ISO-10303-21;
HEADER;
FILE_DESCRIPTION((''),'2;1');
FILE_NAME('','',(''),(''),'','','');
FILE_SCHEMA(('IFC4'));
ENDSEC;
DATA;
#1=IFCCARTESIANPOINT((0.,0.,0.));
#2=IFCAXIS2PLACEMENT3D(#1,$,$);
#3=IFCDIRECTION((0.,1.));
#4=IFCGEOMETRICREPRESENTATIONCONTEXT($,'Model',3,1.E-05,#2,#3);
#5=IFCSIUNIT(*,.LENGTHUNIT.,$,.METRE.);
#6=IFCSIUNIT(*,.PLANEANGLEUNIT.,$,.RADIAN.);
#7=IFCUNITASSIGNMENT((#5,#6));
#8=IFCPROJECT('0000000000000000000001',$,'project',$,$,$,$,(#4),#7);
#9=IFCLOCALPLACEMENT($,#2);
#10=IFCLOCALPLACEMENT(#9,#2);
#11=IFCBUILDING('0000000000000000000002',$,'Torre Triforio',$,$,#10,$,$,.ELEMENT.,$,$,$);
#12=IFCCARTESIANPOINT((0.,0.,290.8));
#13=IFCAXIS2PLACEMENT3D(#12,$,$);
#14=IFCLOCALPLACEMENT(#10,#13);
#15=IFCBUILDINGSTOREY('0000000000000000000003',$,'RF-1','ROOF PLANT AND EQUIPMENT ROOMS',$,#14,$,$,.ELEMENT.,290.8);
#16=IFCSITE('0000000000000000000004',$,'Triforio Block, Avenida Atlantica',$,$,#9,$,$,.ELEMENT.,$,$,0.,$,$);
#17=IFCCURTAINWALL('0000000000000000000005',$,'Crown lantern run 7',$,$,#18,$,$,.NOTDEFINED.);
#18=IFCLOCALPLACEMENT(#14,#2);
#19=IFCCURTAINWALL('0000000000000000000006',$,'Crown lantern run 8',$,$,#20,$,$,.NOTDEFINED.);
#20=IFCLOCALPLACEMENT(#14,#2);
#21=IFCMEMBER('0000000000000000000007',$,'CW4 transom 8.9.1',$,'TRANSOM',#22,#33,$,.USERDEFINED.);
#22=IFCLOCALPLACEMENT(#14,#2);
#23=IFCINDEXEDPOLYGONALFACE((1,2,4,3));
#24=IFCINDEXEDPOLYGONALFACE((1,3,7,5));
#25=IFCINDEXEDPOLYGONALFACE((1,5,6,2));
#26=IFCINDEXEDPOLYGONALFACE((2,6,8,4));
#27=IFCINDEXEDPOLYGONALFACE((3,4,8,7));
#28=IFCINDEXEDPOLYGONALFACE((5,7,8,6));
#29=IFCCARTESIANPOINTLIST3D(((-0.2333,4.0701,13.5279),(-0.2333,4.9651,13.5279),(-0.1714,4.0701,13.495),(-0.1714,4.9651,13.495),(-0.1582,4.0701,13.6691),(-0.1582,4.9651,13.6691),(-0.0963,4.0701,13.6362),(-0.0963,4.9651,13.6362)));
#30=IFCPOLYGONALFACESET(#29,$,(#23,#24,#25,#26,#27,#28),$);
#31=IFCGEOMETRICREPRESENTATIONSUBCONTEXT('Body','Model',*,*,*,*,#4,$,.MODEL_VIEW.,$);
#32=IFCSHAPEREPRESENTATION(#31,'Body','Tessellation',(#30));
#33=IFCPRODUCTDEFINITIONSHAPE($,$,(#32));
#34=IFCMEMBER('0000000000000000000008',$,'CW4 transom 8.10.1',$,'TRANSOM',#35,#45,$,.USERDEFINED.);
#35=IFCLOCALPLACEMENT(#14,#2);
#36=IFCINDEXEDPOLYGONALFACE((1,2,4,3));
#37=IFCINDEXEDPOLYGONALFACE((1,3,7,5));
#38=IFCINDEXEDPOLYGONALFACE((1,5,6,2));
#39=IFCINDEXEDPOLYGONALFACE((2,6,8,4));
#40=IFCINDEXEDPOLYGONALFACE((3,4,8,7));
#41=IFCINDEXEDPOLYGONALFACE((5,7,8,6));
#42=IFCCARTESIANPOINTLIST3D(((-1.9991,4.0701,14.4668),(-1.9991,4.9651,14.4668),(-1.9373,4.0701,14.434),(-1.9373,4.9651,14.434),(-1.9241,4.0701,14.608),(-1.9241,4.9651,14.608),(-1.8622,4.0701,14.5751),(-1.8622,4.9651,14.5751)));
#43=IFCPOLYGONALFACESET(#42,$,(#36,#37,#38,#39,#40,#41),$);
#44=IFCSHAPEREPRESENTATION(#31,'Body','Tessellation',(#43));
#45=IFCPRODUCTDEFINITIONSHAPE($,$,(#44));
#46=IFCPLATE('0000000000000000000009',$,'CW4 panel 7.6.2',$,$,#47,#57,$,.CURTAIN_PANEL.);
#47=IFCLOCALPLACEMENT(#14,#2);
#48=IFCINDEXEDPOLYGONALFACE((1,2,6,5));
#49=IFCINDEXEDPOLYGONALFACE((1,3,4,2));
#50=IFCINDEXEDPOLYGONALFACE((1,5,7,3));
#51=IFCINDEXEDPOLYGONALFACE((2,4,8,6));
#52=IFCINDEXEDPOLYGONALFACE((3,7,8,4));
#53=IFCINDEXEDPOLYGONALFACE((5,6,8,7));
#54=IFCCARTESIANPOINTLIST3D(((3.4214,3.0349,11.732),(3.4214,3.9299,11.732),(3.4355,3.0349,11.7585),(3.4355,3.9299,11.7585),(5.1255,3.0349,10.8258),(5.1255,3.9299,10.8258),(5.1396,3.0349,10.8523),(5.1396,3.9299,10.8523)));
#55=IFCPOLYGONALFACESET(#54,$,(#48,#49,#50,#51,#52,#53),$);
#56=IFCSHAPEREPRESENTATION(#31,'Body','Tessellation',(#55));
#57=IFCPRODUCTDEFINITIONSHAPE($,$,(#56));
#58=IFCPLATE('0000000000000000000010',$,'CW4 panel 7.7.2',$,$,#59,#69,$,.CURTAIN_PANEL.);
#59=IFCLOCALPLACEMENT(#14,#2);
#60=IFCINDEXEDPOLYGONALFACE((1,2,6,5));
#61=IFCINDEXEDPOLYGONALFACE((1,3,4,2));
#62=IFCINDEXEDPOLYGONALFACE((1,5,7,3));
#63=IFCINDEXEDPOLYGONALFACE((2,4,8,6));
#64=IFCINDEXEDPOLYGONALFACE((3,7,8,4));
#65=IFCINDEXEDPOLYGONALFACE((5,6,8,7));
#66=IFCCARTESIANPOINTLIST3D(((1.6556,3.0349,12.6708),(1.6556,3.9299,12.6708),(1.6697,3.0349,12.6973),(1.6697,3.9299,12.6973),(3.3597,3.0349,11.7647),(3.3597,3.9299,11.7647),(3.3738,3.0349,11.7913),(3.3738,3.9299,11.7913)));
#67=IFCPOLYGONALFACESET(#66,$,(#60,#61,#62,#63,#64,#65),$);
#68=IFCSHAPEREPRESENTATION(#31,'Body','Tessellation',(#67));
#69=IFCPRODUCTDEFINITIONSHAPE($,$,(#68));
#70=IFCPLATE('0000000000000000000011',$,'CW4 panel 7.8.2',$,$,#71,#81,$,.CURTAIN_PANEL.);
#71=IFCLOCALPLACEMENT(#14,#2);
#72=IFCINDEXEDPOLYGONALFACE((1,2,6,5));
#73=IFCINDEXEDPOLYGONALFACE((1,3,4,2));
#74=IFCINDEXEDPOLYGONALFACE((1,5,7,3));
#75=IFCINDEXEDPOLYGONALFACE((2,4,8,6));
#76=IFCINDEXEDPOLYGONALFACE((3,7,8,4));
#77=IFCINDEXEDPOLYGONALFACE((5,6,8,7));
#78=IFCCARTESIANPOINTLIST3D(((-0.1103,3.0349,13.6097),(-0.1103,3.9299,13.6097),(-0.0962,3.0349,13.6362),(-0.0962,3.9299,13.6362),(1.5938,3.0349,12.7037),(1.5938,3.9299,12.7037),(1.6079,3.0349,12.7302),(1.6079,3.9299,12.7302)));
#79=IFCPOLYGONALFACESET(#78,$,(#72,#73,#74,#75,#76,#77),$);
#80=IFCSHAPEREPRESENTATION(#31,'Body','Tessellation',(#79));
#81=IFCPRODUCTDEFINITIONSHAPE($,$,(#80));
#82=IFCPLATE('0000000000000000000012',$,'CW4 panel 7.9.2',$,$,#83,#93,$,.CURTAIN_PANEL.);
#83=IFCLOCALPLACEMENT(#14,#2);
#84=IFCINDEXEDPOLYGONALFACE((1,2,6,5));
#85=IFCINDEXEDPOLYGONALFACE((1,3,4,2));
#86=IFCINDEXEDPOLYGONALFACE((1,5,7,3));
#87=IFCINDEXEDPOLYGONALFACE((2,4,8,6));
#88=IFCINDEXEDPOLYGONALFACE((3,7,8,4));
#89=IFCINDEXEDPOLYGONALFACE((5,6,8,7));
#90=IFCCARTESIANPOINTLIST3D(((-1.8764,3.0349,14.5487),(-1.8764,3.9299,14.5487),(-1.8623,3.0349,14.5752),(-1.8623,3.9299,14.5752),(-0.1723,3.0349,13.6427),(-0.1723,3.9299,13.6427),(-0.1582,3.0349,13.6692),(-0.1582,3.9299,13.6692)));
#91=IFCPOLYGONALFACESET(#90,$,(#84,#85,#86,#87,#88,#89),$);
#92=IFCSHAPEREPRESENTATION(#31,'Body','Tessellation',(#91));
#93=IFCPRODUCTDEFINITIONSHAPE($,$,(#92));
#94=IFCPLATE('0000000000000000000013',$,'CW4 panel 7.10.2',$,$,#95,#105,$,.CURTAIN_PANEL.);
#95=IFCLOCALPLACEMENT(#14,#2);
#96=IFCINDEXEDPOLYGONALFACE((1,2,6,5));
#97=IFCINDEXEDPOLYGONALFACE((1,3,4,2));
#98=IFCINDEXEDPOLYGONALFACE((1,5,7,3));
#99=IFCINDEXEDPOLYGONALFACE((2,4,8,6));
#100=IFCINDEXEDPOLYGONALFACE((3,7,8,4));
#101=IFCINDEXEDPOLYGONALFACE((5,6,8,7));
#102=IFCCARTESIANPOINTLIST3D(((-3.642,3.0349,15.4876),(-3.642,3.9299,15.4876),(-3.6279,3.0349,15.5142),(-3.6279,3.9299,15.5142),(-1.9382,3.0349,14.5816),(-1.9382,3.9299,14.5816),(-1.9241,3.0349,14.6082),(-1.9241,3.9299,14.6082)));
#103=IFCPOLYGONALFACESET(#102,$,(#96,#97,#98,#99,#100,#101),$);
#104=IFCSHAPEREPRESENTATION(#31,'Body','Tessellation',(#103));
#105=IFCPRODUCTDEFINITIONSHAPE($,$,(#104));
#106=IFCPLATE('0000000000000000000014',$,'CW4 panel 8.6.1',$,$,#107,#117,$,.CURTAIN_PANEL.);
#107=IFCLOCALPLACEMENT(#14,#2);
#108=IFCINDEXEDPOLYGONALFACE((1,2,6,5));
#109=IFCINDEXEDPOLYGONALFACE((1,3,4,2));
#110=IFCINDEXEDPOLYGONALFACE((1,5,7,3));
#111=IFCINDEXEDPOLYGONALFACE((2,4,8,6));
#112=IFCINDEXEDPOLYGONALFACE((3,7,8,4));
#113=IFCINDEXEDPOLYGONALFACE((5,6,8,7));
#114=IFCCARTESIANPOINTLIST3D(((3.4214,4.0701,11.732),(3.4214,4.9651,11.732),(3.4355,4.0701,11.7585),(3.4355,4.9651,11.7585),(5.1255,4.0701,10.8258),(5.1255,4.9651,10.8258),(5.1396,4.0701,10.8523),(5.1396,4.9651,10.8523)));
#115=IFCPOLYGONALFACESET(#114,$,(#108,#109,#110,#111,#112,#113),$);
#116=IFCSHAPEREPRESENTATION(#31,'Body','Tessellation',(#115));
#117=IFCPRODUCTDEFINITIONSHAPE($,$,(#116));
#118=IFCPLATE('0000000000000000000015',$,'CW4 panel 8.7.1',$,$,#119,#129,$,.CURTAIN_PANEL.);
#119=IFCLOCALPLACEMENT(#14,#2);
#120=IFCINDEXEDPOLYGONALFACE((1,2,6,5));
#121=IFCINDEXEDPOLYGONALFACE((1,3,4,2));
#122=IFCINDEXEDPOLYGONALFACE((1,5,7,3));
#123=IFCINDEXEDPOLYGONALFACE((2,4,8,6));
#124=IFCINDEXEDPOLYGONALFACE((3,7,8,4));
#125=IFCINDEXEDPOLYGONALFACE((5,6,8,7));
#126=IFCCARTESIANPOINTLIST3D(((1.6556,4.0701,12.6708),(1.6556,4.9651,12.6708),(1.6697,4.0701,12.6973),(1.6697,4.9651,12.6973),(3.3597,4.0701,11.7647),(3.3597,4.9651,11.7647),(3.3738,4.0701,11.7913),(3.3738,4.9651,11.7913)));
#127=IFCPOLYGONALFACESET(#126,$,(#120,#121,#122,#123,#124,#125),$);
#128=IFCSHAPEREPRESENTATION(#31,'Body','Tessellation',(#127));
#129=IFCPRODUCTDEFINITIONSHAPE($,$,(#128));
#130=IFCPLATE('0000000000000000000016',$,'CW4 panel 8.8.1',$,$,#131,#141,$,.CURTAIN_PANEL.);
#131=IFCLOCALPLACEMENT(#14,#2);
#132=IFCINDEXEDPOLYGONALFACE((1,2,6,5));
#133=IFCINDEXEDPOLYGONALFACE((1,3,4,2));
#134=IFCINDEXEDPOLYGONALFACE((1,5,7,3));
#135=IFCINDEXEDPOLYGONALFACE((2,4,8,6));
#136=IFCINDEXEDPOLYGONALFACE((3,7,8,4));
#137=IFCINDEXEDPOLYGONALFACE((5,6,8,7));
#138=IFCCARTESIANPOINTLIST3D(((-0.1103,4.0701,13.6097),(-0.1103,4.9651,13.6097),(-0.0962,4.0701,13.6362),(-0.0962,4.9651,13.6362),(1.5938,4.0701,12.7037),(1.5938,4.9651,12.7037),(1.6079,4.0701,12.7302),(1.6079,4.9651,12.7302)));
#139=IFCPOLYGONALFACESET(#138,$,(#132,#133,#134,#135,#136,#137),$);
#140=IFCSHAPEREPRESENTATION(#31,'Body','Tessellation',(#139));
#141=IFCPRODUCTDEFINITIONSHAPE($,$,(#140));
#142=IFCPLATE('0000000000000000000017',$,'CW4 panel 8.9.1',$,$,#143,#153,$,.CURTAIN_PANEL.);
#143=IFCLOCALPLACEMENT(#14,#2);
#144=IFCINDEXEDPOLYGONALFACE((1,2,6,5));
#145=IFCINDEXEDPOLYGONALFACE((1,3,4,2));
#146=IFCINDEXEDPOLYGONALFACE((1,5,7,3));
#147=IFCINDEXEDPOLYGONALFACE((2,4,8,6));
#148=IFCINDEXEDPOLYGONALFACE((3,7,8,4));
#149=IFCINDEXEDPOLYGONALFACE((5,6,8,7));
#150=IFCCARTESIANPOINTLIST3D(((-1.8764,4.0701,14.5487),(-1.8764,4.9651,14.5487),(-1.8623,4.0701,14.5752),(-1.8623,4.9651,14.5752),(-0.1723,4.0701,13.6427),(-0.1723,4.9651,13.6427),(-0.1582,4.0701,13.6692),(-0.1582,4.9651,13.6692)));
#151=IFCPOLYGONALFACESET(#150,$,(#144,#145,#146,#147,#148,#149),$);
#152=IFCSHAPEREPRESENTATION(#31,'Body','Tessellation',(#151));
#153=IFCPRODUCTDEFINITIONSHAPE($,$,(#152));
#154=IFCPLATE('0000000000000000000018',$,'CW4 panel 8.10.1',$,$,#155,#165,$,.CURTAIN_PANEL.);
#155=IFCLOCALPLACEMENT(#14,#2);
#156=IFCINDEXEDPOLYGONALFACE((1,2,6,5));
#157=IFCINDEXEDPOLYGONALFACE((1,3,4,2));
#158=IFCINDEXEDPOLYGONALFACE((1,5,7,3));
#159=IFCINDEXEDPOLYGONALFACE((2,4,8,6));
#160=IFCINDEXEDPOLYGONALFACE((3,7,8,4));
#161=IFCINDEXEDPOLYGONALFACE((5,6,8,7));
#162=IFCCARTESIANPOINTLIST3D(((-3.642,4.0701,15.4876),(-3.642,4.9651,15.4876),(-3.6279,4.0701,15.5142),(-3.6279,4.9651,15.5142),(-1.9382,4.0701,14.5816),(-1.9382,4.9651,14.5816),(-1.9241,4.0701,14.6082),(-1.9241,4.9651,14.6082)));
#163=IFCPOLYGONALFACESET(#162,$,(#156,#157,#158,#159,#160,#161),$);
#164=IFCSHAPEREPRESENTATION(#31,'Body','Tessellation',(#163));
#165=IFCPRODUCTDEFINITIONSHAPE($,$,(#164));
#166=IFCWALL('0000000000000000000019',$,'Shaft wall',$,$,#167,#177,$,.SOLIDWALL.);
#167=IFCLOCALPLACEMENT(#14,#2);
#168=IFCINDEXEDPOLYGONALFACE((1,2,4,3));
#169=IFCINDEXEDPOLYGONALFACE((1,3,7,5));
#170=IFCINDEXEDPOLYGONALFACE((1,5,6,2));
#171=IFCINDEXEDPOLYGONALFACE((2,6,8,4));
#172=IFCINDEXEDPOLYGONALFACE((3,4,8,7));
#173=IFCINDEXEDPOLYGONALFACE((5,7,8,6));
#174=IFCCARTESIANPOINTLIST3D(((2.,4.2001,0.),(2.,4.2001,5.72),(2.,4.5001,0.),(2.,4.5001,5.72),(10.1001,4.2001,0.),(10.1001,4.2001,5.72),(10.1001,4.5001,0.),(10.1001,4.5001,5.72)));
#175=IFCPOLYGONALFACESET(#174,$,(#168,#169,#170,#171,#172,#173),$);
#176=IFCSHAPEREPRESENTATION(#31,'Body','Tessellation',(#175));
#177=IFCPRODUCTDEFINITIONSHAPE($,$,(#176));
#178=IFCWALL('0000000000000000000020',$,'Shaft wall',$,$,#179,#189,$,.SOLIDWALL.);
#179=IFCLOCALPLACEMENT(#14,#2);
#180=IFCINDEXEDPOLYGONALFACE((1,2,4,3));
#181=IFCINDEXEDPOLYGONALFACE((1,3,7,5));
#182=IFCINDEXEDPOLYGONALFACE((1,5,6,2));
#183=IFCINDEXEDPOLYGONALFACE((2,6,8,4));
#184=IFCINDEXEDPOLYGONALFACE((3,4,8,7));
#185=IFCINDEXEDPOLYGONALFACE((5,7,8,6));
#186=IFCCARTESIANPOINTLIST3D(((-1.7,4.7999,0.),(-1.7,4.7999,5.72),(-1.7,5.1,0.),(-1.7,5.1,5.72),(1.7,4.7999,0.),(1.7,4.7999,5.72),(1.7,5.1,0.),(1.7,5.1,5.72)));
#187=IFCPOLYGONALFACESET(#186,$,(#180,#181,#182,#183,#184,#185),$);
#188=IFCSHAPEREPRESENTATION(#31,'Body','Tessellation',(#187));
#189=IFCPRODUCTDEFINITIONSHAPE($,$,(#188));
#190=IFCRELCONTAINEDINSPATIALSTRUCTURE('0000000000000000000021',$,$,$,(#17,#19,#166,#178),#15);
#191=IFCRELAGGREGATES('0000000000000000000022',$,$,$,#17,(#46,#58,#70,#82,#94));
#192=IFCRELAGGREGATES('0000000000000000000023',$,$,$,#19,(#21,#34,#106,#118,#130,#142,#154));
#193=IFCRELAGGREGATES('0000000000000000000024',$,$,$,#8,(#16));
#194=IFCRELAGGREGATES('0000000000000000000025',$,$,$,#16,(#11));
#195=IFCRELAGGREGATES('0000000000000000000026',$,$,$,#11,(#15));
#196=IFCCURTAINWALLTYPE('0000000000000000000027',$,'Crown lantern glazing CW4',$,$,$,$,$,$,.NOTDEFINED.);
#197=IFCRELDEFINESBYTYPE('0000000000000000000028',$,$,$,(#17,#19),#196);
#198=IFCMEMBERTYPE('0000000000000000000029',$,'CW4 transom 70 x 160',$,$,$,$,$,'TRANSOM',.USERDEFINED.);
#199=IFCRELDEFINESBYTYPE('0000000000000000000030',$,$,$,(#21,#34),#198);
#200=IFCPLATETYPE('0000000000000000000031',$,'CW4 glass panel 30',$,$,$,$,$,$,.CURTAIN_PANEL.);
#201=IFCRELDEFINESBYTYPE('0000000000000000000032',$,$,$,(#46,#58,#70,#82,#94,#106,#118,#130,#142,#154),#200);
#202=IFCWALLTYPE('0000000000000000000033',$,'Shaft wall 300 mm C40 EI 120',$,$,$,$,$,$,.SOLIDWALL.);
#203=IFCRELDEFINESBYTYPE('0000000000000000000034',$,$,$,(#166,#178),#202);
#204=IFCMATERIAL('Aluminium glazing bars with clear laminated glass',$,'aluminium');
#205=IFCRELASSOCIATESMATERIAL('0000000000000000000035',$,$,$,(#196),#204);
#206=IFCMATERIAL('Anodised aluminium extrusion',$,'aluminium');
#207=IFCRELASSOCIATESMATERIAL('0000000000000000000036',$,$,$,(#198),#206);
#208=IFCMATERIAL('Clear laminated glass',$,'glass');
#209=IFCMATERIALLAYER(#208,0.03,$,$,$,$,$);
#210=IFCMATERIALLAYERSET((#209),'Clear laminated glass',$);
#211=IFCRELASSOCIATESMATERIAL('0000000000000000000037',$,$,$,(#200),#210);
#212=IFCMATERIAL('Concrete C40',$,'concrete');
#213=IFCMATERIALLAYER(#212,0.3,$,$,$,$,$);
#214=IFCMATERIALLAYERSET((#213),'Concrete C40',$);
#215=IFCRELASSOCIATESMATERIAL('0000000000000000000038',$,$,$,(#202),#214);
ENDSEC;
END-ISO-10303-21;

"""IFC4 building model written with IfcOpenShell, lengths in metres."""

from ifc_helpers import new_model, si_unit, direction, frame, frame_2d, origin, origin_2d, place, context, subcontext, project, spatial, polyline, rectangle, outline, extrude, material, layer, layer_set, material_profile, profile_set, type_object, element, aggregate, save


model = new_model("IFC4")

# Units and contexts
model_context = context("Model", 3, precision=1e-05, world=origin(), true_north=direction((0.0, 1.0)))
body_context = subcontext(model_context, "Body", "Model", "MODEL_VIEW")
ifc_project = project(units=[si_unit("LENGTHUNIT", "METRE"), si_unit("PLANEANGLEUNIT", "RADIAN")], contexts=[model_context])

# Site, building, storey
site_placement = place(None, origin())
site = spatial("IfcSite", under=ifc_project, at=site_placement, Name="Triforio Block, Avenida Atlantica", CompositionType="ELEMENT", RefElevation=0.0)
building_placement = place(site_placement, origin())
building = spatial("IfcBuilding", under=site, at=building_placement, Name="Torre Triforio", CompositionType="ELEMENT")
storey_placement = place(building_placement, frame((0.0, 0.0, 290.8)))
storey = spatial("IfcBuildingStorey", under=building, at=storey_placement, Name="RF-1", Description="ROOF PLANT AND EQUIPMENT ROOMS", CompositionType="ELEMENT", Elevation=290.8)

# Curtain walls
ifc_material_1 = material(Name="Aluminium glazing bars with clear laminated glass", Category="aluminium")
curtain_wall_type = type_object("IfcCurtainWallType", Name="Crown lantern glazing CW4", PredefinedType="NOTDEFINED", material=ifc_material_1)
curtain_wall_1_placement = place(storey_placement, origin())
curtain_wall_1 = element("IfcCurtainWall", 1, at=curtain_wall_1_placement, inside=storey, type_object=curtain_wall_type, Name="Crown lantern run 7", PredefinedType="NOTDEFINED")
ifc_material_2 = material(Name="Anodised aluminium extrusion", Category="aluminium")
curtain_wall_2_placement = place(storey_placement, origin())
curtain_wall_2 = element("IfcCurtainWall", 2, at=curtain_wall_2_placement, inside=storey, type_object=curtain_wall_type, Name="Crown lantern run 8", PredefinedType="NOTDEFINED")

# Members
ifc_material_profile_1 = material_profile(ifc_material_2, rectangle(XDim=0.0701, YDim=0.1599, at=origin_2d()), Name="CW4 TRANSOM 70x160")
ifc_profile_set_1 = profile_set([ifc_material_profile_1], Name="Anodised aluminium extrusion")
member_type_1 = type_object("IfcMemberType", Name="CW4 transom 70 x 160", ElementType="TRANSOM", PredefinedType="USERDEFINED", material=ifc_profile_set_1)
member_1_placement = place(storey_placement, frame((-0.1648, 4.0701, 13.582), z_axis=(0.0, 1.0, 0.0), x_axis=(-0.882948, 0.0, 0.469472)))
member_1 = element("IfcMember", 3, at=member_1_placement, type_object=member_type_1, Name="CW4 transom 8.9.1", ObjectType="TRANSOM", PredefinedType="USERDEFINED", context=body_context, shape_type="SweptSolid", body=[
    extrude(rectangle(XDim=0.0701, YDim=0.1599, at=origin_2d()), origin(), (0.0, 0.0, 1.0), 0.895),
])
member_2_placement = place(storey_placement, frame((-1.9307, 4.0701, 14.521), z_axis=(0.0, 1.0, 0.0), x_axis=(-0.882948, 0.0, 0.469472)))
member_2 = element("IfcMember", 4, at=member_2_placement, type_object=member_type_1, Name="CW4 transom 8.10.1", ObjectType="TRANSOM", PredefinedType="USERDEFINED", context=body_context, shape_type="SweptSolid", body=[
    extrude(rectangle(XDim=0.0701, YDim=0.1599, at=origin_2d()), origin(), (0.0, 0.0, 1.0), 0.895),
])

# Plates
ifc_material_3 = material(Name="Clear laminated glass", Category="glass")
ifc_layer_1 = layer(ifc_material_3, 0.03)
ifc_layer_set_1 = layer_set([ifc_layer_1], Name="Clear laminated glass")
plate_type = type_object("IfcPlateType", Name="CW4 glass panel 30", PredefinedType="CURTAIN_PANEL", material=ifc_layer_set_1)
plate_1_placement = place(storey_placement, frame((5.1396, 3.0349, 10.8523), z_axis=(0.469537, 0.0, 0.882913), x_axis=(0.0, 1.0, 0.0)))
plate_1 = element("IfcPlate", 5, at=plate_1_placement, type_object=plate_type, Name="CW4 panel 7.6.2", PredefinedType="CURTAIN_PANEL", context=body_context, shape_type="SweptSolid", body=[
    extrude(outline(polyline([(0.0, 0.0), (0.895, 0.0), (0.895, 1.9301), (0.0, 1.9301), (0.0, 0.0)])), origin(), (0.0, 0.0, -1.0), 0.03),
])
plate_2_placement = place(storey_placement, frame((3.3738, 3.0349, 11.7913), z_axis=(0.469439, 0.0, 0.882965), x_axis=(0.0, 1.0, 0.0)))
plate_2 = element("IfcPlate", 6, at=plate_2_placement, type_object=plate_type, Name="CW4 panel 7.7.2", PredefinedType="CURTAIN_PANEL", context=body_context, shape_type="SweptSolid", body=[
    extrude(outline(polyline([(0.0, 0.0), (0.895, 0.0), (0.895, 1.93), (0.0, 1.93), (0.0, 0.0)])), origin(), (0.0, 0.0, -1.0), 0.03),
])
plate_3_placement = place(storey_placement, frame((1.6079, 3.0349, 12.7302), z_axis=(0.469439, 0.0, 0.882965), x_axis=(0.0, 1.0, 0.0)))
plate_3 = element("IfcPlate", 7, at=plate_3_placement, type_object=plate_type, Name="CW4 panel 7.8.2", PredefinedType="CURTAIN_PANEL", context=body_context, shape_type="SweptSolid", body=[
    extrude(outline(polyline([(0.0, 0.0), (0.895, 0.0), (0.895, 1.93), (0.0, 1.93), (0.0, 0.0)])), origin(), (0.0, 0.0, -1.0), 0.03),
])
plate_4_placement = place(storey_placement, frame((-0.1582, 3.0349, 13.6692), z_axis=(0.469439, 0.0, 0.882965), x_axis=(0.0, 1.0, 0.0)))
plate_4 = element("IfcPlate", 8, at=plate_4_placement, type_object=plate_type, Name="CW4 panel 7.9.2", PredefinedType="CURTAIN_PANEL", context=body_context, shape_type="SweptSolid", body=[
    extrude(outline(polyline([(0.0, 0.0), (0.895, 0.0), (0.895, 1.93), (0.0, 1.93), (0.0, 0.0)])), origin(), (0.0, 0.0, -1.0), 0.03),
])
plate_5_placement = place(storey_placement, frame((-1.9241, 3.0349, 14.6082), z_axis=(0.469491, 0.0, 0.882937), x_axis=(0.0, 1.0, 0.0)))
plate_5 = element("IfcPlate", 9, at=plate_5_placement, type_object=plate_type, Name="CW4 panel 7.10.2", PredefinedType="CURTAIN_PANEL", context=body_context, shape_type="SweptSolid", body=[
    extrude(outline(polyline([(0.0, 0.0), (0.895, 0.0), (0.895, 1.9298), (0.0, 1.9298), (0.0, 0.0)])), origin(), (0.0, 0.0, -1.0), 0.03),
])
aggregate(curtain_wall_1, [plate_1, plate_2, plate_3, plate_4, plate_5])
plate_6_placement = place(storey_placement, frame((5.1396, 4.0701, 10.8523), z_axis=(0.469537, 0.0, 0.882913), x_axis=(0.0, 1.0, 0.0)))
plate_6 = element("IfcPlate", 10, at=plate_6_placement, type_object=plate_type, Name="CW4 panel 8.6.1", PredefinedType="CURTAIN_PANEL", context=body_context, shape_type="SweptSolid", body=[
    extrude(outline(polyline([(0.0, 0.0), (0.895, 0.0), (0.895, 1.9301), (0.0, 1.9301), (0.0, 0.0)])), origin(), (0.0, 0.0, -1.0), 0.03),
])
plate_7_placement = place(storey_placement, frame((3.3738, 4.0701, 11.7913), z_axis=(0.469439, 0.0, 0.882965), x_axis=(0.0, 1.0, 0.0)))
plate_7 = element("IfcPlate", 11, at=plate_7_placement, type_object=plate_type, Name="CW4 panel 8.7.1", PredefinedType="CURTAIN_PANEL", context=body_context, shape_type="SweptSolid", body=[
    extrude(outline(polyline([(0.0, 0.0), (0.895, 0.0), (0.895, 1.93), (0.0, 1.93), (0.0, 0.0)])), origin(), (0.0, 0.0, -1.0), 0.03),
])
plate_8_placement = place(storey_placement, frame((1.6079, 4.0701, 12.7302), z_axis=(0.469439, 0.0, 0.882965), x_axis=(0.0, 1.0, 0.0)))
plate_8 = element("IfcPlate", 12, at=plate_8_placement, type_object=plate_type, Name="CW4 panel 8.8.1", PredefinedType="CURTAIN_PANEL", context=body_context, shape_type="SweptSolid", body=[
    extrude(outline(polyline([(0.0, 0.0), (0.895, 0.0), (0.895, 1.93), (0.0, 1.93), (0.0, 0.0)])), origin(), (0.0, 0.0, -1.0), 0.03),
])
plate_9_placement = place(storey_placement, frame((-0.1582, 4.0701, 13.6692), z_axis=(0.469439, 0.0, 0.882965), x_axis=(0.0, 1.0, 0.0)))
plate_9 = element("IfcPlate", 13, at=plate_9_placement, type_object=plate_type, Name="CW4 panel 8.9.1", PredefinedType="CURTAIN_PANEL", context=body_context, shape_type="SweptSolid", body=[
    extrude(outline(polyline([(0.0, 0.0), (0.895, 0.0), (0.895, 1.93), (0.0, 1.93), (0.0, 0.0)])), origin(), (0.0, 0.0, -1.0), 0.03),
])
plate_10_placement = place(storey_placement, frame((-1.9241, 4.0701, 14.6082), z_axis=(0.469491, 0.0, 0.882937), x_axis=(0.0, 1.0, 0.0)))
plate_10 = element("IfcPlate", 14, at=plate_10_placement, type_object=plate_type, Name="CW4 panel 8.10.1", PredefinedType="CURTAIN_PANEL", context=body_context, shape_type="SweptSolid", body=[
    extrude(outline(polyline([(0.0, 0.0), (0.895, 0.0), (0.895, 1.9298), (0.0, 1.9298), (0.0, 0.0)])), origin(), (0.0, 0.0, -1.0), 0.03),
])
aggregate(curtain_wall_2, [member_1, member_2, plate_6, plate_7, plate_8, plate_9, plate_10])

# Walls
ifc_material_4 = material(Name="Concrete C40", Category="concrete")
ifc_layer_2 = layer(ifc_material_4, 0.3)
ifc_layer_set_2 = layer_set([ifc_layer_2], Name="Concrete C40")
wall_type = type_object("IfcWallType", Name="Shaft wall 300 mm C40 EI 120", PredefinedType="SOLIDWALL", material=ifc_layer_set_2)
wall_1_placement = place(storey_placement, frame((2.0, 4.3501, 0.0), z_axis=(0.0, 0.0, 1.0), x_axis=(1.0, 0.0, 0.0)))
element("IfcWall", 15, at=wall_1_placement, inside=storey, type_object=wall_type, Name="Shaft wall", PredefinedType="SOLIDWALL", context=body_context, shape_type="SweptSolid", body=[
    extrude(rectangle(XDim=8.1001, YDim=0.3, at=frame_2d((4.05, 0.0))), origin(), (0.0, 0.0, 1.0), 5.72),
])
wall_2_placement = place(storey_placement, frame((-1.7, 4.95, 0.0), z_axis=(0.0, 0.0, 1.0), x_axis=(1.0, 0.0, 0.0)))
element("IfcWall", 16, at=wall_2_placement, inside=storey, type_object=wall_type, Name="Shaft wall", PredefinedType="SOLIDWALL", context=body_context, shape_type="SweptSolid", body=[
    extrude(rectangle(XDim=3.3999, YDim=0.3, at=frame_2d((1.7, 0.0))), origin(), (0.0, 0.0, 1.0), 5.72),
])

save(model, "model.ifc")
